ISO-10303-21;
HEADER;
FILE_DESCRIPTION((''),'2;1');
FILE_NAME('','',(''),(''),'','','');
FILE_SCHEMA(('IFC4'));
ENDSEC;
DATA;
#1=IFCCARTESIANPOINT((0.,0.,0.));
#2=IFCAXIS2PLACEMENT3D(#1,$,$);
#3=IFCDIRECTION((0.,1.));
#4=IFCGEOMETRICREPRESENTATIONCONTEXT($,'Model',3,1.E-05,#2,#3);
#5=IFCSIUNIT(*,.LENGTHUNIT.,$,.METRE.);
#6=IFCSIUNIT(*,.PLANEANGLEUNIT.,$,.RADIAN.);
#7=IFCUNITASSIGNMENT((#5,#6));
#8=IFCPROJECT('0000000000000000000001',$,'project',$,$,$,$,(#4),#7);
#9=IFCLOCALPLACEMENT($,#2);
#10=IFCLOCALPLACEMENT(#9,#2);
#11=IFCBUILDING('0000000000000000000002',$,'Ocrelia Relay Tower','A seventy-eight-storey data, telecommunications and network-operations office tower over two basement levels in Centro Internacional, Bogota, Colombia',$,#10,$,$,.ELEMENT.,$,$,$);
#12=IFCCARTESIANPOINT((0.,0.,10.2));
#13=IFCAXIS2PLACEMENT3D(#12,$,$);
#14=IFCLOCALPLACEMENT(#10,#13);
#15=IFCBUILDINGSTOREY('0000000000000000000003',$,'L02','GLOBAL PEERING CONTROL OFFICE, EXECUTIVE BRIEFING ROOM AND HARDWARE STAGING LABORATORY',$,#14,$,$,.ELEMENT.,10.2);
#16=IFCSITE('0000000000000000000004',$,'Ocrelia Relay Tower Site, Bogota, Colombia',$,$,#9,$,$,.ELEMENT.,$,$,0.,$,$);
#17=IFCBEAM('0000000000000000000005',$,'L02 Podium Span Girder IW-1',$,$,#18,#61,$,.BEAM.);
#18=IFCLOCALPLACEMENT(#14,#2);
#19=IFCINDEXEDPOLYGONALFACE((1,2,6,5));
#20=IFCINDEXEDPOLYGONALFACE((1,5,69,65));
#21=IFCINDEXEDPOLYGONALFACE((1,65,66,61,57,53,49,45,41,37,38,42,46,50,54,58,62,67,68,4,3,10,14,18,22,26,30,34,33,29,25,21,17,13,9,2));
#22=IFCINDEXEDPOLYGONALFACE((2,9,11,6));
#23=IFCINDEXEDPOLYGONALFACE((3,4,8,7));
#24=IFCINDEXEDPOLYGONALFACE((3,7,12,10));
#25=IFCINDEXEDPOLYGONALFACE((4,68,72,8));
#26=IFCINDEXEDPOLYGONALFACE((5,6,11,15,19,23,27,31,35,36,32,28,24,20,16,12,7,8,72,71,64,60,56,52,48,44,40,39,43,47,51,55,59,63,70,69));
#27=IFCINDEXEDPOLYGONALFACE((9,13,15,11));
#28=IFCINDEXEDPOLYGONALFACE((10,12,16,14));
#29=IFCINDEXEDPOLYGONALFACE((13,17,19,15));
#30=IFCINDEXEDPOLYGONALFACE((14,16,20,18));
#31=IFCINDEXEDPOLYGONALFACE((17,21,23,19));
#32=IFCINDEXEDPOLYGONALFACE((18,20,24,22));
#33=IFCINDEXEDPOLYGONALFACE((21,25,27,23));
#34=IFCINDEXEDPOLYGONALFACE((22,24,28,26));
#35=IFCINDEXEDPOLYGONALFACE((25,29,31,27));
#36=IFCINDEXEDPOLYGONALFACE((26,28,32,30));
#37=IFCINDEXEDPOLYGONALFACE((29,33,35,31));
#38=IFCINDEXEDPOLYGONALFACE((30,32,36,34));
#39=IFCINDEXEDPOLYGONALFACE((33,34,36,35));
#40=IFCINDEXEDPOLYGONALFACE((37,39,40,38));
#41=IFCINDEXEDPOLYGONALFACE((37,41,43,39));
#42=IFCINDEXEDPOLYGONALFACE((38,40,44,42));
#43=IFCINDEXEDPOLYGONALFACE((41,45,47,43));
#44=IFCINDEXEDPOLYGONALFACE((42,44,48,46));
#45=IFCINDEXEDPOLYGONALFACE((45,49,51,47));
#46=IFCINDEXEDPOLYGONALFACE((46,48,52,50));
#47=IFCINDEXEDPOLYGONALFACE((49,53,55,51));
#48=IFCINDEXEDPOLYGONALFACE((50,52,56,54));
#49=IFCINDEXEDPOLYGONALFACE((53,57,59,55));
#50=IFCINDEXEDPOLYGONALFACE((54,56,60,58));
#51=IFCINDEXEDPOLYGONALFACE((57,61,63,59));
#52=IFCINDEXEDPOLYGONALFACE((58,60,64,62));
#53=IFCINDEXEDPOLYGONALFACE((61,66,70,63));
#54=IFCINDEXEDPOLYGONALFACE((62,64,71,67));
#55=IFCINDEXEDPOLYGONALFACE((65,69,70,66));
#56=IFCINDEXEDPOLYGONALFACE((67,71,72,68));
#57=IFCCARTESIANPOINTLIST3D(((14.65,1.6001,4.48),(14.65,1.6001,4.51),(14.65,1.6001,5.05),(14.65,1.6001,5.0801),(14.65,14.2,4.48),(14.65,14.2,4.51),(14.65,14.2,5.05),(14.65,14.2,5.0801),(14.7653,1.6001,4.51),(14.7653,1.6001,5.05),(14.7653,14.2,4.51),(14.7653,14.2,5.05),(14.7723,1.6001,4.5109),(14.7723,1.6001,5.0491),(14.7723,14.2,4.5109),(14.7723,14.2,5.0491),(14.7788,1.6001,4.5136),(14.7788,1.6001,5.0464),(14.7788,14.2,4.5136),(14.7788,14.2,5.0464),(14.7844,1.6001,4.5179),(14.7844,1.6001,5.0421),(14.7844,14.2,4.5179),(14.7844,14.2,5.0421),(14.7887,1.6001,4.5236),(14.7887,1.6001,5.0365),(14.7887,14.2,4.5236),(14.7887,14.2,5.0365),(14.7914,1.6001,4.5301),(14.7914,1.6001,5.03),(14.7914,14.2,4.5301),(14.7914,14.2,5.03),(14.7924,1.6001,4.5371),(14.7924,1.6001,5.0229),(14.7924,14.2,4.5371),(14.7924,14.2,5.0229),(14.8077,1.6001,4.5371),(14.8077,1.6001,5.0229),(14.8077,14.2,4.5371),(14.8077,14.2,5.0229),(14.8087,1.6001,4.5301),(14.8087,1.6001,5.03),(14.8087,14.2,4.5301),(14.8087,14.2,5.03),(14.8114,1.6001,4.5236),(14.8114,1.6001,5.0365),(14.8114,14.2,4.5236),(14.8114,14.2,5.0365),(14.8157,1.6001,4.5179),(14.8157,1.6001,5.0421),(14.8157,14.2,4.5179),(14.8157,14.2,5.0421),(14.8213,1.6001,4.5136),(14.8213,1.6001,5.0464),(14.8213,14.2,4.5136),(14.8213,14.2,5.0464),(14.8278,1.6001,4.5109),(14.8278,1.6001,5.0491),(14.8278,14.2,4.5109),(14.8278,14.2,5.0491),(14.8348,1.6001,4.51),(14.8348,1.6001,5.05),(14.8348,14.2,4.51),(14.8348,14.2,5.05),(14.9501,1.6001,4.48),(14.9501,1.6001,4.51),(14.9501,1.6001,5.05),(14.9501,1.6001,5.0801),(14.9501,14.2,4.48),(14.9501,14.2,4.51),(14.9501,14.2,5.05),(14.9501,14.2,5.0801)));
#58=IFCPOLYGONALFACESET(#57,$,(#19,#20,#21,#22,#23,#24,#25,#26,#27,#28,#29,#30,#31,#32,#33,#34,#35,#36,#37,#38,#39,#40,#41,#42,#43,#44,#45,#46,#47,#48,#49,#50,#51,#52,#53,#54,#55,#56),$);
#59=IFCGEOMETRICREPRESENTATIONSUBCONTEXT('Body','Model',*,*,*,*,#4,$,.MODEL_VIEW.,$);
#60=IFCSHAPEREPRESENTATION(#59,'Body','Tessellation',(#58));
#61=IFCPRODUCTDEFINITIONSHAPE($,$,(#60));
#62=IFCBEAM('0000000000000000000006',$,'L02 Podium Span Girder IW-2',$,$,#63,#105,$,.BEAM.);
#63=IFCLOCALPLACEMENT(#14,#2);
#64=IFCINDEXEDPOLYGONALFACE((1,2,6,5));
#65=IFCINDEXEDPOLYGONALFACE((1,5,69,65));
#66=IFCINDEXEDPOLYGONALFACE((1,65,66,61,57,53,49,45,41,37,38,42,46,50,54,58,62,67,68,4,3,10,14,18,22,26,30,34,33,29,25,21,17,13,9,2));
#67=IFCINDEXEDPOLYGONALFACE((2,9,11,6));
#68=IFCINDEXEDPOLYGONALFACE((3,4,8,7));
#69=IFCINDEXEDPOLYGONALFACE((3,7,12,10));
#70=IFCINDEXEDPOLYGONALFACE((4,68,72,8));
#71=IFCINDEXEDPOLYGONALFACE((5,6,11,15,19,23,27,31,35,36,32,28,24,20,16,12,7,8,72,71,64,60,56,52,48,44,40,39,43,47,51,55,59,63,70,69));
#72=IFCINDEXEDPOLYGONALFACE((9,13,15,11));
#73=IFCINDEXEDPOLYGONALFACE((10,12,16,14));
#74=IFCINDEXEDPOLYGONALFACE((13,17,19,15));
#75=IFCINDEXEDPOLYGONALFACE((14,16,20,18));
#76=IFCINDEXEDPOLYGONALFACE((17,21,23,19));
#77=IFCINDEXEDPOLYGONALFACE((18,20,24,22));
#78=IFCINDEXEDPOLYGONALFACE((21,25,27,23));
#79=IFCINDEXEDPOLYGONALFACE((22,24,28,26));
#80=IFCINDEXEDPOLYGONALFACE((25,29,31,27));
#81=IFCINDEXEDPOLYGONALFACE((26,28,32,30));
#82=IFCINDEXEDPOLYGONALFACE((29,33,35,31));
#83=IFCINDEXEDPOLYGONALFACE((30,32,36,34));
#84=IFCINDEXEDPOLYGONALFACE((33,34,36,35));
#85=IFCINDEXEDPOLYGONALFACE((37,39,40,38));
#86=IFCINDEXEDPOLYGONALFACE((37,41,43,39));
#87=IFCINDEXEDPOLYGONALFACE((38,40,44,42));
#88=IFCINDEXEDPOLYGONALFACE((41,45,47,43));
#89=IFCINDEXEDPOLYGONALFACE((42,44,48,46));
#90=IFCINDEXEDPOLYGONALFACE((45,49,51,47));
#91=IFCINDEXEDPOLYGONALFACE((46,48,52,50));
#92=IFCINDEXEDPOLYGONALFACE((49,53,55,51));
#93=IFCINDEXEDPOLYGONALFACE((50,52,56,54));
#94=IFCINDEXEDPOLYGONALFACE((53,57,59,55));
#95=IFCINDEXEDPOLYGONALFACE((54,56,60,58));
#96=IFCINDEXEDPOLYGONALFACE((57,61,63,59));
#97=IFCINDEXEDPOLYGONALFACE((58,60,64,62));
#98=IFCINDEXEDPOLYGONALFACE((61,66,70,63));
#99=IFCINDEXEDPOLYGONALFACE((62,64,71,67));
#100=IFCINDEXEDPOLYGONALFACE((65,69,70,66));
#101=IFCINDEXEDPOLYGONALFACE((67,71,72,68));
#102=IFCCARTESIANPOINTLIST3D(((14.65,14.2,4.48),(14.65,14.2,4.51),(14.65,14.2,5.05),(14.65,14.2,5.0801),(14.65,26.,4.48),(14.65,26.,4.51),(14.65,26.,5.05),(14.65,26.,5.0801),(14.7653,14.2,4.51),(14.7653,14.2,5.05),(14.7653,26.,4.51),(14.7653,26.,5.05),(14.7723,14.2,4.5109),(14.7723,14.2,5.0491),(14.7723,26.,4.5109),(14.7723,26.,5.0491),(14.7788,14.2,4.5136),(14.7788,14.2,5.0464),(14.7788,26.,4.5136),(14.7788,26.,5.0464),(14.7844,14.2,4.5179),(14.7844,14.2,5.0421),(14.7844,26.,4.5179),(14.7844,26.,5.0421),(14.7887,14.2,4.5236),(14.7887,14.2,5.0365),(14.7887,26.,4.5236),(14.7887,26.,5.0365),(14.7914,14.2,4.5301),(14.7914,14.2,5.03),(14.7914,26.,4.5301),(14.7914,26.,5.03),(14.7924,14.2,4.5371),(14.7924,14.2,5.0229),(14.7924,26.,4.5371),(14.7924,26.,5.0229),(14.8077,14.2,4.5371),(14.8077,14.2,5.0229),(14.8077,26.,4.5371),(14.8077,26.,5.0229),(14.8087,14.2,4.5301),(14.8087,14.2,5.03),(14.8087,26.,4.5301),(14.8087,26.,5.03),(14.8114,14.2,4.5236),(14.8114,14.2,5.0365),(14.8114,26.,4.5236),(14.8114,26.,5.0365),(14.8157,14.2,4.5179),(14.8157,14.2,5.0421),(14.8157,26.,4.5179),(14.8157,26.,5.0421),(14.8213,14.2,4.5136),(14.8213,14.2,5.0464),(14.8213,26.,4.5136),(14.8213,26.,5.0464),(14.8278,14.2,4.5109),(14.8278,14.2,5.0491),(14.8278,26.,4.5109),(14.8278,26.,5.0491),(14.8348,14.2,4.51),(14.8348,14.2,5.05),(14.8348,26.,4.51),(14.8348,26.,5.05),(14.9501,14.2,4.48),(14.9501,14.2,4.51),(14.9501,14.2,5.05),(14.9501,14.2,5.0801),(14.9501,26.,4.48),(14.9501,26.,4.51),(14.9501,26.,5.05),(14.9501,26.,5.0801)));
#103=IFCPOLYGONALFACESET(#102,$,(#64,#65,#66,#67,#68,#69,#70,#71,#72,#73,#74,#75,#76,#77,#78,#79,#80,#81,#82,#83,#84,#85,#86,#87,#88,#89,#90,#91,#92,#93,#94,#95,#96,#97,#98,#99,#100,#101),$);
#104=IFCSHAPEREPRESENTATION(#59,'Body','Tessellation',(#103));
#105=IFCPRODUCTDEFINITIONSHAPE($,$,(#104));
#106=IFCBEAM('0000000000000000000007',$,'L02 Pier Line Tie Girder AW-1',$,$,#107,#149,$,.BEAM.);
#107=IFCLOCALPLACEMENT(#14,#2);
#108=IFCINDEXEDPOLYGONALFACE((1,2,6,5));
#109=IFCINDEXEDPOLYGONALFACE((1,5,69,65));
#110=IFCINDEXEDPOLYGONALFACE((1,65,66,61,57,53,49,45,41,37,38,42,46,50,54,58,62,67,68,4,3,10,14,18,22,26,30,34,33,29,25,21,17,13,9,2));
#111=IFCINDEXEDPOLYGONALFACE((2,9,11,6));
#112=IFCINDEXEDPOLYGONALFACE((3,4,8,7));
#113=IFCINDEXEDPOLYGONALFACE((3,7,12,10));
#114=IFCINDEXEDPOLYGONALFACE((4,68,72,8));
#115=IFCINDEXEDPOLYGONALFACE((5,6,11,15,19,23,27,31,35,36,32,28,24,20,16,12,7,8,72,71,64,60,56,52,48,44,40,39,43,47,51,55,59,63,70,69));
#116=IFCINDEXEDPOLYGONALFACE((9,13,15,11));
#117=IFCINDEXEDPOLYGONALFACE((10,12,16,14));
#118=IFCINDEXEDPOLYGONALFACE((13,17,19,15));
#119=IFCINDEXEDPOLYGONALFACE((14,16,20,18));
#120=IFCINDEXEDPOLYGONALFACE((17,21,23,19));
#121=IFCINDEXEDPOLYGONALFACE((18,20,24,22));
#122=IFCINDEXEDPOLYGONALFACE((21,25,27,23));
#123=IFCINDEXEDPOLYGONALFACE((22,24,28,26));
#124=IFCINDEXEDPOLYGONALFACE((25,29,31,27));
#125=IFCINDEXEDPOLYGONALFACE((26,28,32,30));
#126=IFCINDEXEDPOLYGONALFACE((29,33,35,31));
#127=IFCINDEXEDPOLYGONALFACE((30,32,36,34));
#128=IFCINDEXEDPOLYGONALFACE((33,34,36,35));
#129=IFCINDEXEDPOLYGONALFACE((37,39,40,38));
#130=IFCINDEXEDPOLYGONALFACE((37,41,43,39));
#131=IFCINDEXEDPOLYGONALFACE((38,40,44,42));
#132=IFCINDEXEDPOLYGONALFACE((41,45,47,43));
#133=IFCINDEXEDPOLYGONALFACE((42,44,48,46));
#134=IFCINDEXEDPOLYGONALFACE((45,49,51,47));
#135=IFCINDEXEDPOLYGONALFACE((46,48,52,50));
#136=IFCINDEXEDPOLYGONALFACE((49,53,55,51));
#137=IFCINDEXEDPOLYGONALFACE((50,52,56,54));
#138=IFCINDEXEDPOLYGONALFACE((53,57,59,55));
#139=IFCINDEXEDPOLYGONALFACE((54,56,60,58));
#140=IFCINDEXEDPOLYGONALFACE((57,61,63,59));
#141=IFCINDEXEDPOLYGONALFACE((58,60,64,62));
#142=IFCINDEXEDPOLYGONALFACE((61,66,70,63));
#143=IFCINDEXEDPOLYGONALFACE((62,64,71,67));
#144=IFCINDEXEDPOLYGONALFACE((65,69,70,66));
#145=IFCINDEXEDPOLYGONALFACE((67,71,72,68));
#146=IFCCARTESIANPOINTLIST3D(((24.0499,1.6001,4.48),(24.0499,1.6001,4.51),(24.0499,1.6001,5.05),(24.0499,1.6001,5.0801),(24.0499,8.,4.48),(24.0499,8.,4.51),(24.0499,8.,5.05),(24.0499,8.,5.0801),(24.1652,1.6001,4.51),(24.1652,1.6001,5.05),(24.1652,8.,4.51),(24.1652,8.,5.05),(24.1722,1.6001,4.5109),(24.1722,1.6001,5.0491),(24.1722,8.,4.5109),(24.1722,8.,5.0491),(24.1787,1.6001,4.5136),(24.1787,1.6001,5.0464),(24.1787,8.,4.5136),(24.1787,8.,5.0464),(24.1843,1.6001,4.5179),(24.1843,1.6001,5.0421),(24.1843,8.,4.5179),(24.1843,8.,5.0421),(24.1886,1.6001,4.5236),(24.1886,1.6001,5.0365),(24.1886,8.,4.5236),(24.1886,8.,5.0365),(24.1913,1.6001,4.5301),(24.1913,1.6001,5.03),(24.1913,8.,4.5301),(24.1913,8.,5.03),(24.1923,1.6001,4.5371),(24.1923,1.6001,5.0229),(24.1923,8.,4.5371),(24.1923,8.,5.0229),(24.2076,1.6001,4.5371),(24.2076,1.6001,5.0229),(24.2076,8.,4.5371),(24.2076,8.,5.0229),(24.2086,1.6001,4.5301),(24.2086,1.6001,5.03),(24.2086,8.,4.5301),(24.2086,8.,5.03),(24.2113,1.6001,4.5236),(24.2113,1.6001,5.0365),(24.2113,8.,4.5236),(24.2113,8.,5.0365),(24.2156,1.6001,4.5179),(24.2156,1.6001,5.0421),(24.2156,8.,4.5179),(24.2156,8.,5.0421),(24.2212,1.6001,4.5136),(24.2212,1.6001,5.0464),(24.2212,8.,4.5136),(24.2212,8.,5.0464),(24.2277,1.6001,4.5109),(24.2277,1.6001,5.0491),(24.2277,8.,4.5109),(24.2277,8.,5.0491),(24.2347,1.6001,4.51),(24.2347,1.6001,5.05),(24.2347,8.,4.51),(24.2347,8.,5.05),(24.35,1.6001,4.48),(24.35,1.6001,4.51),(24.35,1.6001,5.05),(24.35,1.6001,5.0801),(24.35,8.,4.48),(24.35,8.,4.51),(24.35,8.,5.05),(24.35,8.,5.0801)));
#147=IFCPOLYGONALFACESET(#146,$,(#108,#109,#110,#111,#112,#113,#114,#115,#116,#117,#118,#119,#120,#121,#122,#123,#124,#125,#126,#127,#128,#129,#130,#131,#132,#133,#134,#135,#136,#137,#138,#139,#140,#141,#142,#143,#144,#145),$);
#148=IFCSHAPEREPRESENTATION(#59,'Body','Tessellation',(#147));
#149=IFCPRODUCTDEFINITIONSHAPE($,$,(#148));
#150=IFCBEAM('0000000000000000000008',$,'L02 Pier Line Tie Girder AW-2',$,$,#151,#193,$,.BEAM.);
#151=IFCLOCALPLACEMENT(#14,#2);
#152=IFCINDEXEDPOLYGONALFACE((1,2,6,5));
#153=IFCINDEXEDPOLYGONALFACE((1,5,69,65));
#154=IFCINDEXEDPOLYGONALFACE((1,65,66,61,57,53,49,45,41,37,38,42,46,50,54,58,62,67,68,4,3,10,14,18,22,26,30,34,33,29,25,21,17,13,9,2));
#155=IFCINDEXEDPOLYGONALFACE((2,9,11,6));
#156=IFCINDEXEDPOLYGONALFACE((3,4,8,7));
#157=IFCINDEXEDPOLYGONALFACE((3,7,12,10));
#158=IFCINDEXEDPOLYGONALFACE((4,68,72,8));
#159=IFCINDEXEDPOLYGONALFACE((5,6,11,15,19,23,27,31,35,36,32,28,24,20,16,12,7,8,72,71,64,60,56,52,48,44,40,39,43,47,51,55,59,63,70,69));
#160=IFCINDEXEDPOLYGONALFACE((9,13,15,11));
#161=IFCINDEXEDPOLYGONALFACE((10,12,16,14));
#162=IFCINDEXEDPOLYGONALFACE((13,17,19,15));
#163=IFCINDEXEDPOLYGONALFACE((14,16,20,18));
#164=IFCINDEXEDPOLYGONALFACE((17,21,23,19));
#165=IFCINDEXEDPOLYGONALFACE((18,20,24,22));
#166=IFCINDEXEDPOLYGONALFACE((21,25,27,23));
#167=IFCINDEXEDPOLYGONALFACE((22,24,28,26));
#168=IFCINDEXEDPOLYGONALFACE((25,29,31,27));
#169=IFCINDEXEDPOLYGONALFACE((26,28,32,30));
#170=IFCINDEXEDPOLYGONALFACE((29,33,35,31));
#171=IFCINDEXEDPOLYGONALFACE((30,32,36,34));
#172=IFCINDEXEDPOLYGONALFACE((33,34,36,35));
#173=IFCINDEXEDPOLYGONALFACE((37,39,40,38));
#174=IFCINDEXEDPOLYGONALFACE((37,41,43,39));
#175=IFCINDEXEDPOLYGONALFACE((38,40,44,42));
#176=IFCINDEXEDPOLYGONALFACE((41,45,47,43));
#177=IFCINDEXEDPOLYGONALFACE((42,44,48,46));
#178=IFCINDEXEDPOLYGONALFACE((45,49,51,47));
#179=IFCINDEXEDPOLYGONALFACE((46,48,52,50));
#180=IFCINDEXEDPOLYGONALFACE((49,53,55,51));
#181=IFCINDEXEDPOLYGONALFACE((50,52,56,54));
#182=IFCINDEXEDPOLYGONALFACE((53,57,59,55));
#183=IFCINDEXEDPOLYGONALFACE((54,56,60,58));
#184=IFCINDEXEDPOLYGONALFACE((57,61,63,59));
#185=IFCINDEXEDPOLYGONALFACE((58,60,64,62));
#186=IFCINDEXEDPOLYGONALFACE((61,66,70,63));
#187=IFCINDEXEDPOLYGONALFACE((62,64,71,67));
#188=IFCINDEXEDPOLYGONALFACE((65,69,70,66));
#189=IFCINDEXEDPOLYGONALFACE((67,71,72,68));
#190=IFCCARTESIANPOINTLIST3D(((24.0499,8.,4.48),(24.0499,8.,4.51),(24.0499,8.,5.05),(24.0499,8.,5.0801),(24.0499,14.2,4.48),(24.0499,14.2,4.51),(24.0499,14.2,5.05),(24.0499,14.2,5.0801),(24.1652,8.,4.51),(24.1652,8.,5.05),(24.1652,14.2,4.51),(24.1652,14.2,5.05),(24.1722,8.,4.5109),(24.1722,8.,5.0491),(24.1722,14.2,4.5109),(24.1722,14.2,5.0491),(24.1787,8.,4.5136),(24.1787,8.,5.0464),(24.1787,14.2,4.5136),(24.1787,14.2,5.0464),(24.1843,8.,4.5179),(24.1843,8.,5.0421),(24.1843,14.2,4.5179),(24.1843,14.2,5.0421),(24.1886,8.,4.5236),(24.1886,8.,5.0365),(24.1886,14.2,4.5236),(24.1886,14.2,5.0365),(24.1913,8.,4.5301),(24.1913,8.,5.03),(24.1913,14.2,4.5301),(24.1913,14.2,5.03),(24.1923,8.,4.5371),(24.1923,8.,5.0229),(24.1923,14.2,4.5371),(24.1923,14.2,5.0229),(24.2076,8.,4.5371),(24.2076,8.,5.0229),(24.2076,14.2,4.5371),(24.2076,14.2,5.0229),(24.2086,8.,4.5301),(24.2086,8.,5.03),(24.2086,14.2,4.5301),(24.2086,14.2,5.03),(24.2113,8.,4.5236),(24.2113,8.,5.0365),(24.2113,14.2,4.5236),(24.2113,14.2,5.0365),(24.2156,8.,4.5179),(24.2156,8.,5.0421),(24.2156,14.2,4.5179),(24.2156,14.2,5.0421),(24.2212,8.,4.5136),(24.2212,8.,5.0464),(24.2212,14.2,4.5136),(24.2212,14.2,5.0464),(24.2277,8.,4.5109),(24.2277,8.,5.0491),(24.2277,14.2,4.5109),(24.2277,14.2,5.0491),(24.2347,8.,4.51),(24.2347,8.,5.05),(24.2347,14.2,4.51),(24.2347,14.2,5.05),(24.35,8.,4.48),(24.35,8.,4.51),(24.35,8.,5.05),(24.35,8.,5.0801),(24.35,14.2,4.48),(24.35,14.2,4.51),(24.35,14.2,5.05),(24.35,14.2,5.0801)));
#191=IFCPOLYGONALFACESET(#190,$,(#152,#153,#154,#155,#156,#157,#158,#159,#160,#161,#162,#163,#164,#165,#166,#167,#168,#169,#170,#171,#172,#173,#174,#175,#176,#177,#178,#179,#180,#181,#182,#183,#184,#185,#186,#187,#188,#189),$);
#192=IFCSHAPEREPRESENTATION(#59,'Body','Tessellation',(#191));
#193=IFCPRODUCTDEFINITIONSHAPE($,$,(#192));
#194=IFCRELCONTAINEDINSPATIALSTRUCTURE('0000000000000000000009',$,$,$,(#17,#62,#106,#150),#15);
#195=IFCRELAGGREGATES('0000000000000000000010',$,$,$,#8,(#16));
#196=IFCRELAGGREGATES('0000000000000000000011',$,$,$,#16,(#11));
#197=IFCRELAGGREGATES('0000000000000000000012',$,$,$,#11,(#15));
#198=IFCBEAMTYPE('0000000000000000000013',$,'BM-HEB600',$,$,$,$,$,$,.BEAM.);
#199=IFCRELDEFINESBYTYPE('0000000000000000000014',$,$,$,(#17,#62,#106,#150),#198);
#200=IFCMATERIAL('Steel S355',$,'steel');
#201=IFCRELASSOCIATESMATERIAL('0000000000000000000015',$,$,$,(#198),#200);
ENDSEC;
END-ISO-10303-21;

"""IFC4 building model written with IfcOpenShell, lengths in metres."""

from ifc_helpers import new_model, si_unit, direction, frame, origin, origin_2d, place, context, subcontext, project, spatial, i_section, extrude, material, material_profile, profile_set, type_object, element, save


model = new_model("IFC4")

# Units and contexts
model_context = context("Model", 3, precision=1e-05, world=origin(), true_north=direction((0.0, 1.0)))
body_context = subcontext(model_context, "Body", "Model", "MODEL_VIEW")
ifc_project = project(units=[si_unit("LENGTHUNIT", "METRE"), si_unit("PLANEANGLEUNIT", "RADIAN")], contexts=[model_context])

# Site, building, storey
site_placement = place(None, origin())
site = spatial("IfcSite", under=ifc_project, at=site_placement, Name="Ocrelia Relay Tower Site, Bogota, Colombia", CompositionType="ELEMENT", RefElevation=0.0)
building_placement = place(site_placement, origin())
building = spatial("IfcBuilding", under=site, at=building_placement, Name="Ocrelia Relay Tower", Description="A seventy-eight-storey data, telecommunications and network-operations office tower over two basement levels in Centro Internacional, Bogota, Colombia", CompositionType="ELEMENT")
storey_placement = place(building_placement, frame((0.0, 0.0, 10.2)))
storey = spatial("IfcBuildingStorey", under=building, at=storey_placement, Name="L02", Description="GLOBAL PEERING CONTROL OFFICE, EXECUTIVE BRIEFING ROOM AND HARDWARE STAGING LABORATORY", CompositionType="ELEMENT", Elevation=10.2)

# Beams
ifc_material_1 = material(Name="Steel S355", Category="steel")
ifc_material_profile_1 = material_profile(ifc_material_1, i_section(OverallWidth=0.3, OverallDepth=0.6001, WebThickness=0.0154, FlangeThickness=0.03, FilletRadius=0.0271, at=origin_2d()), Name="HEB 600")
ifc_profile_set_1 = profile_set([ifc_material_profile_1], Name="Steel S355")
beam_type_1 = type_object("IfcBeamType", Name="BM-HEB600", PredefinedType="BEAM", material=ifc_profile_set_1)
beam_1_placement = place(storey_placement, frame((14.8, 1.6001, 4.78), z_axis=(0.0, 1.0, 0.0), x_axis=(-1.0, 0.0, 0.0)))
element("IfcBeam", 1, at=beam_1_placement, inside=storey, type_object=beam_type_1, Name="L02 Podium Span Girder IW-1", PredefinedType="BEAM", context=body_context, shape_type="SweptSolid", body=[
    extrude(i_section(OverallWidth=0.3, OverallDepth=0.6001, WebThickness=0.0154, FlangeThickness=0.03, FilletRadius=0.0271, at=origin_2d()), origin(), (0.0, 0.0, 1.0), 12.5999),
])
beam_2_placement = place(storey_placement, frame((14.8, 14.2, 4.78), z_axis=(0.0, 1.0, 0.0), x_axis=(-1.0, 0.0, 0.0)))
element("IfcBeam", 2, at=beam_2_placement, inside=storey, type_object=beam_type_1, Name="L02 Podium Span Girder IW-2", PredefinedType="BEAM", context=body_context, shape_type="SweptSolid", body=[
    extrude(i_section(OverallWidth=0.3, OverallDepth=0.6001, WebThickness=0.0154, FlangeThickness=0.03, FilletRadius=0.0271, at=origin_2d()), origin(), (0.0, 0.0, 1.0), 11.8),
])
beam_3_placement = place(storey_placement, frame((24.2, 1.6001, 4.78), z_axis=(0.0, 1.0, 0.0), x_axis=(-1.0, 0.0, 0.0)))
element("IfcBeam", 3, at=beam_3_placement, inside=storey, type_object=beam_type_1, Name="L02 Pier Line Tie Girder AW-1", PredefinedType="BEAM", context=body_context, shape_type="SweptSolid", body=[
    extrude(i_section(OverallWidth=0.3, OverallDepth=0.6001, WebThickness=0.0154, FlangeThickness=0.03, FilletRadius=0.0271, at=origin_2d()), origin(), (0.0, 0.0, 1.0), 6.3999),
])
beam_4_placement = place(storey_placement, frame((24.2, 8.0, 4.78), z_axis=(0.0, 1.0, 0.0), x_axis=(-1.0, 0.0, 0.0)))
element("IfcBeam", 4, at=beam_4_placement, inside=storey, type_object=beam_type_1, Name="L02 Pier Line Tie Girder AW-2", PredefinedType="BEAM", context=body_context, shape_type="SweptSolid", body=[
    extrude(i_section(OverallWidth=0.3, OverallDepth=0.6001, WebThickness=0.0154, FlangeThickness=0.03, FilletRadius=0.0271, at=origin_2d()), origin(), (0.0, 0.0, 1.0), 6.2),
])

save(model, "model.ifc")
